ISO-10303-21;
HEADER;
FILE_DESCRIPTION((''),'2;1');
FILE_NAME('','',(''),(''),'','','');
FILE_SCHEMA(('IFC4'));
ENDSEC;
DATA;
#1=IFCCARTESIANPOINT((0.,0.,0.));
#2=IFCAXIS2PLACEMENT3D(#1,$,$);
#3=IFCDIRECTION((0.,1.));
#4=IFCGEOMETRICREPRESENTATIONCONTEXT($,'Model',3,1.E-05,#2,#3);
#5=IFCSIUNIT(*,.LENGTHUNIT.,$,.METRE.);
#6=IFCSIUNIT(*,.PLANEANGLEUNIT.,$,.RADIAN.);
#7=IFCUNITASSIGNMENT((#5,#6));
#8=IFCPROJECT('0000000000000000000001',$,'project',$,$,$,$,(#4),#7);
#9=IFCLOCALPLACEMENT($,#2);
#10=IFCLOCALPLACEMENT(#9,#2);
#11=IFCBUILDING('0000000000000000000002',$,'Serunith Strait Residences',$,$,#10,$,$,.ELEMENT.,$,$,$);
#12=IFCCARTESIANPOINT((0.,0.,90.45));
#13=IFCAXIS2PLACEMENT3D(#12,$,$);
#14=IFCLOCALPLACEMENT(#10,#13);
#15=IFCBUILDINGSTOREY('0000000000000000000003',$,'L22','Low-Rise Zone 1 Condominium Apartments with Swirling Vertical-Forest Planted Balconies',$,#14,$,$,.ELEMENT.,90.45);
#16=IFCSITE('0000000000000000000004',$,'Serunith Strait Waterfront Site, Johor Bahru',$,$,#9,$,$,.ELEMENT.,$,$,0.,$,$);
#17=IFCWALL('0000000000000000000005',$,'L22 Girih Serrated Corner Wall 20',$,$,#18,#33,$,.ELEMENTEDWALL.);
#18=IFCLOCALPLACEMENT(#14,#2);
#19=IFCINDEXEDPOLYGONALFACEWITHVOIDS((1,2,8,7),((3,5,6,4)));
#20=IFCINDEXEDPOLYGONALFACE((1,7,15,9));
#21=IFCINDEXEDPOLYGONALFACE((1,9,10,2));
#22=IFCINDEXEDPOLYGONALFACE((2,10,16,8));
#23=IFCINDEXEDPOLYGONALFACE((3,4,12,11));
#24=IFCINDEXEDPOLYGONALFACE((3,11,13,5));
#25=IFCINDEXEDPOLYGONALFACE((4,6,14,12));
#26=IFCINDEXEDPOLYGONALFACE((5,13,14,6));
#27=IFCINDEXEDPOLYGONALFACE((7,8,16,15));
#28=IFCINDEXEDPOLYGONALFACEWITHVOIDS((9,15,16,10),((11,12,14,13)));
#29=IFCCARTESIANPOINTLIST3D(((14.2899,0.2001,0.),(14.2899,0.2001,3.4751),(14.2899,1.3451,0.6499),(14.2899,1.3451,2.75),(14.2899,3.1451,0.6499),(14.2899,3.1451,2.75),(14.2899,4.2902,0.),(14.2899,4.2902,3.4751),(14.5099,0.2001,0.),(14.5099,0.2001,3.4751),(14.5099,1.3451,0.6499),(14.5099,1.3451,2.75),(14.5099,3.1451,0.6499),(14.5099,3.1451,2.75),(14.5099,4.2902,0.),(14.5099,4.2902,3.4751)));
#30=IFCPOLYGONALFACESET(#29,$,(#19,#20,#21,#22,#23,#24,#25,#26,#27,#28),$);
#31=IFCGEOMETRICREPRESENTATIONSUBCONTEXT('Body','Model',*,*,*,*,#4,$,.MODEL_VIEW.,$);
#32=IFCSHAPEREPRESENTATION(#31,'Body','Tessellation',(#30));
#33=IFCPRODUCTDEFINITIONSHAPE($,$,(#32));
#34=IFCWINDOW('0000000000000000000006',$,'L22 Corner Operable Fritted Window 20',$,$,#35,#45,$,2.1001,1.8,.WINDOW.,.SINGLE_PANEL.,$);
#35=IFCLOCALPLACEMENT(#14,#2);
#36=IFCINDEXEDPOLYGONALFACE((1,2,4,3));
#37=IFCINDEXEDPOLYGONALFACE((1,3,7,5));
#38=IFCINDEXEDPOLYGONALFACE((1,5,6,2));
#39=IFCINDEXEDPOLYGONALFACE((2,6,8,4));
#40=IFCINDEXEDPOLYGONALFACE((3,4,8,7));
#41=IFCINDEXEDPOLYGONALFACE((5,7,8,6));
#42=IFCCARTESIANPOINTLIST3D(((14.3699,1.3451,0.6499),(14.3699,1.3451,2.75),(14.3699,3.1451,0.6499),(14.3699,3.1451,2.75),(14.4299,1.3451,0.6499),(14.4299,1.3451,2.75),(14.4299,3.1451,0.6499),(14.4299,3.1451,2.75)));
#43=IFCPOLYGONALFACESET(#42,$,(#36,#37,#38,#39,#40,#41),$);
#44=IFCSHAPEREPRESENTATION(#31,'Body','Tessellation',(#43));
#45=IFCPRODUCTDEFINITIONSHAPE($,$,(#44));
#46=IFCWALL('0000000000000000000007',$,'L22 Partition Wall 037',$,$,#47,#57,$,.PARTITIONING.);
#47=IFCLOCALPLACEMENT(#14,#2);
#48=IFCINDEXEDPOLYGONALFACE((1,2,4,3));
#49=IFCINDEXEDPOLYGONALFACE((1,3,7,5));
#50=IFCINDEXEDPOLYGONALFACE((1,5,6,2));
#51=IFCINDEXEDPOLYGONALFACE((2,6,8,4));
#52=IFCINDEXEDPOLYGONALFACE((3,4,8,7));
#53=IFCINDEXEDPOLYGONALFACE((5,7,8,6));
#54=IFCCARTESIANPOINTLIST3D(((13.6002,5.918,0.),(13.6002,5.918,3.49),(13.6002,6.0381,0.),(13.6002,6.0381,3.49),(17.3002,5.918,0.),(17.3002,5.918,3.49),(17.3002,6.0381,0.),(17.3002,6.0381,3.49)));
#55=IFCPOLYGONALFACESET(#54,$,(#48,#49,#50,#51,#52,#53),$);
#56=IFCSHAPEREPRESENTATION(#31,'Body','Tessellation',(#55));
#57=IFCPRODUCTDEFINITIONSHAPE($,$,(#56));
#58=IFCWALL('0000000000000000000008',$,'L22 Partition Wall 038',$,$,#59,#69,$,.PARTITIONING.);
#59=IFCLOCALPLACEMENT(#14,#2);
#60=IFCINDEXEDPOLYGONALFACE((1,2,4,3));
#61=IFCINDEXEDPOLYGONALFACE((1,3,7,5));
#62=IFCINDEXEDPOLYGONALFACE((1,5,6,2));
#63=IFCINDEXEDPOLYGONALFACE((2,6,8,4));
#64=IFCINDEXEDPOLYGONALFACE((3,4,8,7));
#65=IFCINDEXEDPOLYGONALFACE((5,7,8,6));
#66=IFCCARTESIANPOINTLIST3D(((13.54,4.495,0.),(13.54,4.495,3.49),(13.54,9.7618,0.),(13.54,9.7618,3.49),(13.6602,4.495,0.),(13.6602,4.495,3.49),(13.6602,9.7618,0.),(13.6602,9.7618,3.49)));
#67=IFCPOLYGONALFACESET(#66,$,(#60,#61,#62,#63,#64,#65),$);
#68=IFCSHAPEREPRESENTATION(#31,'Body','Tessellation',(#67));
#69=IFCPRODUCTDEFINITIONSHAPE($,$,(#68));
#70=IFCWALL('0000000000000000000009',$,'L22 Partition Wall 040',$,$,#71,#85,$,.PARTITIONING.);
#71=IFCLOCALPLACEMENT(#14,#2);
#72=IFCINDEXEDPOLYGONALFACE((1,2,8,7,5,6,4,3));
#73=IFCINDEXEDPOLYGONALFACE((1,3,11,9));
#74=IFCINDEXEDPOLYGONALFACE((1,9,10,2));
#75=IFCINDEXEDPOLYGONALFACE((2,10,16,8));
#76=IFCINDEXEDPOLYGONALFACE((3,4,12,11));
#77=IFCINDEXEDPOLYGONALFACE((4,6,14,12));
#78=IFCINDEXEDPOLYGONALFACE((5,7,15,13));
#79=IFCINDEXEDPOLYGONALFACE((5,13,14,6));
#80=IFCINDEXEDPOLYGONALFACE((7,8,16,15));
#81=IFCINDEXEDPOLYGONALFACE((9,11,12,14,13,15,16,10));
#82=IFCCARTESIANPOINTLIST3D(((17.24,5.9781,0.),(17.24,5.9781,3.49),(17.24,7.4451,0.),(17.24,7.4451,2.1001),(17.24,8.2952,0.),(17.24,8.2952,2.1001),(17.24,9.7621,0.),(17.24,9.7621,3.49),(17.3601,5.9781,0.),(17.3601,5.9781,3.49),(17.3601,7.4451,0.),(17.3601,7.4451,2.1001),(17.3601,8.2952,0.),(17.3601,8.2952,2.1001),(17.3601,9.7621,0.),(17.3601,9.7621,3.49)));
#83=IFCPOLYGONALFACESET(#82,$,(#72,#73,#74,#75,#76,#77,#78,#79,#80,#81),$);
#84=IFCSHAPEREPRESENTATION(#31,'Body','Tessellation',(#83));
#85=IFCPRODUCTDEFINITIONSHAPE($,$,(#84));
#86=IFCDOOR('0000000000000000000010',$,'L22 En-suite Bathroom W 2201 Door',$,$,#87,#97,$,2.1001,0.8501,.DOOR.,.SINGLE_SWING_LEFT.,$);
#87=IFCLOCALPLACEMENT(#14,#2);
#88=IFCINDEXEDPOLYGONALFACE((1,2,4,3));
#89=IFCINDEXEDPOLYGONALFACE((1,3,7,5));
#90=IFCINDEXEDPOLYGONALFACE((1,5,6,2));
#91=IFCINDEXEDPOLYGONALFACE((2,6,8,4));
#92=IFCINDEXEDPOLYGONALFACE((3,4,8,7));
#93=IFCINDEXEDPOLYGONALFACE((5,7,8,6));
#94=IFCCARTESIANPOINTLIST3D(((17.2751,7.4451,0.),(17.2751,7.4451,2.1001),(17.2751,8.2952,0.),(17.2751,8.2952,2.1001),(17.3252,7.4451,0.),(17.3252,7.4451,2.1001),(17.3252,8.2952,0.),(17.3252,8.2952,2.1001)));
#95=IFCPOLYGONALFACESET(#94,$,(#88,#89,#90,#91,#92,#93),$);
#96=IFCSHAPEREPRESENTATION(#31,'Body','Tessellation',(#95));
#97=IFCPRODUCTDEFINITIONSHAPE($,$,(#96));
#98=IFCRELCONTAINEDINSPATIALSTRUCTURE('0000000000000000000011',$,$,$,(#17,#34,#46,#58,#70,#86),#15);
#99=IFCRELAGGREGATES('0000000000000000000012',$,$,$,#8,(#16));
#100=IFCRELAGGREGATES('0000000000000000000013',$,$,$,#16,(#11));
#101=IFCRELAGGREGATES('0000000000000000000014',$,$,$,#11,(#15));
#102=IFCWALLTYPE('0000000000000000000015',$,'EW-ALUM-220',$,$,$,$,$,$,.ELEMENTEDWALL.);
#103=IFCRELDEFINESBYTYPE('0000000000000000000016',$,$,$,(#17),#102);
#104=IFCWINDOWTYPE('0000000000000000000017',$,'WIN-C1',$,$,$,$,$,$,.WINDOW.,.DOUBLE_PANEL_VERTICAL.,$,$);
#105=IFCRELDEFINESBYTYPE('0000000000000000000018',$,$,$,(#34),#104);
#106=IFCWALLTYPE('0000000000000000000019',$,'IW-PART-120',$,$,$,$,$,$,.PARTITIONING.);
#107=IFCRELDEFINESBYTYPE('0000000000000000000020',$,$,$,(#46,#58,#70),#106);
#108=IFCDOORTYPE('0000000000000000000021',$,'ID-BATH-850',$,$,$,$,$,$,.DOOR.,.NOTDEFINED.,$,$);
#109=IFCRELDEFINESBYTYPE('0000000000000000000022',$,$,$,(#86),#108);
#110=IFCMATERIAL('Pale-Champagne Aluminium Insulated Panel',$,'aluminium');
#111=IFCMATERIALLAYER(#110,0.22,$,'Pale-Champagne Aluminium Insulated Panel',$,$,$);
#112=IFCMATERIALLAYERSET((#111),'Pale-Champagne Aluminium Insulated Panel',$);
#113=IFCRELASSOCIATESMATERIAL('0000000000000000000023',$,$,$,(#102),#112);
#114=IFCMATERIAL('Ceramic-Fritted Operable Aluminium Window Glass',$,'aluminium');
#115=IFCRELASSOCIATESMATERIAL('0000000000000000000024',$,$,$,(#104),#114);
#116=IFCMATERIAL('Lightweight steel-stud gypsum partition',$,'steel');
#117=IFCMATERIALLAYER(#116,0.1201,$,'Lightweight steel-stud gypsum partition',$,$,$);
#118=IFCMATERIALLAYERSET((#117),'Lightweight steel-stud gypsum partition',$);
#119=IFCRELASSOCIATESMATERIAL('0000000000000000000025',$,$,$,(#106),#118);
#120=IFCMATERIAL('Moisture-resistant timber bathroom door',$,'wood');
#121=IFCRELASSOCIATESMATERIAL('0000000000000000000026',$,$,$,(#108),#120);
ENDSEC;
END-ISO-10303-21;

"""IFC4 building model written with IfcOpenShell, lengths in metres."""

from ifc_helpers import new_model, si_unit, direction, frame, frame_2d, origin, place, context, subcontext, project, spatial, rectangle, extrude, source, transform, mapped, material, layer, layer_set, type_object, element, fill, save


model = new_model("IFC4")

# Units and contexts
model_context = context("Model", 3, precision=1e-05, world=origin(), true_north=direction((0.0, 1.0)))
body_context = subcontext(model_context, "Body", "Model", "MODEL_VIEW")
ifc_project = project(units=[si_unit("LENGTHUNIT", "METRE"), si_unit("PLANEANGLEUNIT", "RADIAN")], contexts=[model_context])

# Site, building, storey
site_placement = place(None, origin())
site = spatial("IfcSite", under=ifc_project, at=site_placement, Name="Serunith Strait Waterfront Site, Johor Bahru", CompositionType="ELEMENT", RefElevation=0.0)
building_placement = place(site_placement, origin())
building = spatial("IfcBuilding", under=site, at=building_placement, Name="Serunith Strait Residences", CompositionType="ELEMENT")
storey_placement = place(building_placement, frame((0.0, 0.0, 90.45)))
storey = spatial("IfcBuildingStorey", under=building, at=storey_placement, Name="L22", Description="Low-Rise Zone 1 Condominium Apartments with Swirling Vertical-Forest Planted Balconies", CompositionType="ELEMENT", Elevation=90.45)

# Wall, opening, window
ifc_material_1 = material(Name="Pale-Champagne Aluminium Insulated Panel", Category="aluminium")
ifc_layer_1 = layer(ifc_material_1, 0.22, Name="Pale-Champagne Aluminium Insulated Panel")
ifc_layer_set_1 = layer_set([ifc_layer_1], Name="Pale-Champagne Aluminium Insulated Panel")
wall_type_1 = type_object("IfcWallType", Name="EW-ALUM-220", PredefinedType="ELEMENTEDWALL", material=ifc_layer_set_1)
ifc_material_2 = material(Name="Ceramic-Fritted Operable Aluminium Window Glass", Category="aluminium")
window_type = type_object("IfcWindowType", Name="WIN-C1", PartitioningType="DOUBLE_PANEL_VERTICAL", PredefinedType="WINDOW", material=ifc_material_2)
shared_shape_1 = source(origin(), body_context, "Body", "SweptSolid", [
    extrude(rectangle(XDim=1.8, YDim=2.1001, at=frame_2d((0.8999, 1.05))), frame((0.0, 0.03, 0.0), z_axis=(0.0, -1.0, 0.0), x_axis=(1.0, 0.0, 0.0)), (0.0, 0.0, 1.0), 0.0601),
])
wall_1_placement = place(storey_placement, frame((14.3999, 4.29, 0.0), z_axis=(0.0, 0.0, 1.0), x_axis=(0.0, -1.0, 0.0)))
wall_1 = element("IfcWall", 1, at=wall_1_placement, inside=storey, type_object=wall_type_1, Name="L22 Girih Serrated Corner Wall 20", PredefinedType="ELEMENTEDWALL", context=body_context, shape_type="SweptSolid", body=[
    extrude(rectangle(XDim=4.0901, YDim=0.22, at=frame_2d((2.0449, 0.0))), origin(), (0.0, 0.0, 1.0), 3.4751),
])
opening_1_placement = place(wall_1_placement, frame((1.145, 0.0, 0.6499)))
opening_1 = element("IfcOpeningElement", 2, at=opening_1_placement, cuts=wall_1, PredefinedType="OPENING", context=body_context, shape_type="SweptSolid", body=[
    extrude(rectangle(XDim=1.8, YDim=2.1001, at=frame_2d((0.8999, 1.05))), frame((0.0, 0.1201, 0.0), z_axis=(0.0, -1.0, 0.0), x_axis=(1.0, 0.0, 0.0)), (0.0, 0.0, 1.0), 0.24),
])
window_1_placement = place(opening_1_placement, origin())
window_1 = element("IfcWindow", 3, at=window_1_placement, inside=storey, type_object=window_type, Name="L22 Corner Operable Fritted Window 20", OverallHeight=2.1001, OverallWidth=1.8, PartitioningType="SINGLE_PANEL", PredefinedType="WINDOW", context=body_context, shape_type="MappedRepresentation", body=[
    mapped(shared_shape_1, transform((0.0, 0.0, 0.0), scale=1.0)),
])
fill(opening_1, window_1)

# Walls
ifc_material_3 = material(Name="Lightweight steel-stud gypsum partition", Category="steel")
ifc_layer_2 = layer(ifc_material_3, 0.1201, Name="Lightweight steel-stud gypsum partition")
ifc_layer_set_2 = layer_set([ifc_layer_2], Name="Lightweight steel-stud gypsum partition")
wall_type_2 = type_object("IfcWallType", Name="IW-PART-120", PredefinedType="PARTITIONING", material=ifc_layer_set_2)
wall_2_placement = place(storey_placement, frame((13.6001, 5.978, 0.0), z_axis=(0.0, 0.0, 1.0), x_axis=(1.0, 0.0, 0.0)))
element("IfcWall", 4, at=wall_2_placement, inside=storey, type_object=wall_type_2, Name="L22 Partition Wall 037", PredefinedType="PARTITIONING", context=body_context, shape_type="SweptSolid", body=[
    extrude(rectangle(XDim=3.7, YDim=0.1201, at=frame_2d((1.8501, 0.0))), origin(), (0.0, 0.0, 1.0), 3.49),
])
wall_3_placement = place(storey_placement, frame((13.6001, 4.4951, 0.0), z_axis=(0.0, 0.0, 1.0), x_axis=(0.0, 1.0, 0.0)))
element("IfcWall", 5, at=wall_3_placement, inside=storey, type_object=wall_type_2, Name="L22 Partition Wall 038", PredefinedType="PARTITIONING", context=body_context, shape_type="SweptSolid", body=[
    extrude(rectangle(XDim=5.2668, YDim=0.1201, at=frame_2d((2.6333, 0.0))), origin(), (0.0, 0.0, 1.0), 3.49),
])

# Wall, opening, door
wall_4_placement = place(storey_placement, frame((17.3, 5.978, 0.0), z_axis=(0.0, 0.0, 1.0), x_axis=(0.0, 1.0, 0.0)))
wall_4 = element("IfcWall", 6, at=wall_4_placement, inside=storey, type_object=wall_type_2, Name="L22 Partition Wall 040", PredefinedType="PARTITIONING", context=body_context, shape_type="SweptSolid", body=[
    extrude(rectangle(XDim=3.7839, YDim=0.1201, at=frame_2d((1.8921, 0.0))), origin(), (0.0, 0.0, 1.0), 3.49),
])
opening_2_placement = place(wall_4_placement, frame((1.467, 0.0, 0.0)))
opening_2 = element("IfcOpeningElement", 7, at=opening_2_placement, cuts=wall_4, PredefinedType="OPENING", context=body_context, shape_type="SweptSolid", body=[
    extrude(rectangle(XDim=0.8501, YDim=2.1001, at=frame_2d((0.425, 1.05))), frame((0.0, 0.0701, 0.0), z_axis=(0.0, -1.0, 0.0), x_axis=(1.0, 0.0, 0.0)), (0.0, 0.0, 1.0), 0.1401),
])
ifc_material_4 = material(Name="Moisture-resistant timber bathroom door", Category="wood")
door_type = type_object("IfcDoorType", Name="ID-BATH-850", OperationType="NOTDEFINED", PredefinedType="DOOR", material=ifc_material_4)
shared_shape_2 = source(origin(), body_context, "Body", "SweptSolid", [
    extrude(rectangle(XDim=0.8501, YDim=2.1001, at=frame_2d((0.425, 1.05))), frame((0.0, 0.0249, 0.0), z_axis=(0.0, -1.0, 0.0), x_axis=(1.0, 0.0, 0.0)), (0.0, 0.0, 1.0), 0.05),
])
door_placement = place(opening_2_placement, origin())
door = element("IfcDoor", 8, at=door_placement, inside=storey, type_object=door_type, Name="L22 En-suite Bathroom W 2201 Door", OperationType="SINGLE_SWING_LEFT", OverallHeight=2.1001, OverallWidth=0.8501, PredefinedType="DOOR", context=body_context, shape_type="MappedRepresentation", body=[
    mapped(shared_shape_2, transform((0.0, 0.0, 0.0), scale=1.0)),
])
fill(opening_2, door)

save(model, "model.ifc")
